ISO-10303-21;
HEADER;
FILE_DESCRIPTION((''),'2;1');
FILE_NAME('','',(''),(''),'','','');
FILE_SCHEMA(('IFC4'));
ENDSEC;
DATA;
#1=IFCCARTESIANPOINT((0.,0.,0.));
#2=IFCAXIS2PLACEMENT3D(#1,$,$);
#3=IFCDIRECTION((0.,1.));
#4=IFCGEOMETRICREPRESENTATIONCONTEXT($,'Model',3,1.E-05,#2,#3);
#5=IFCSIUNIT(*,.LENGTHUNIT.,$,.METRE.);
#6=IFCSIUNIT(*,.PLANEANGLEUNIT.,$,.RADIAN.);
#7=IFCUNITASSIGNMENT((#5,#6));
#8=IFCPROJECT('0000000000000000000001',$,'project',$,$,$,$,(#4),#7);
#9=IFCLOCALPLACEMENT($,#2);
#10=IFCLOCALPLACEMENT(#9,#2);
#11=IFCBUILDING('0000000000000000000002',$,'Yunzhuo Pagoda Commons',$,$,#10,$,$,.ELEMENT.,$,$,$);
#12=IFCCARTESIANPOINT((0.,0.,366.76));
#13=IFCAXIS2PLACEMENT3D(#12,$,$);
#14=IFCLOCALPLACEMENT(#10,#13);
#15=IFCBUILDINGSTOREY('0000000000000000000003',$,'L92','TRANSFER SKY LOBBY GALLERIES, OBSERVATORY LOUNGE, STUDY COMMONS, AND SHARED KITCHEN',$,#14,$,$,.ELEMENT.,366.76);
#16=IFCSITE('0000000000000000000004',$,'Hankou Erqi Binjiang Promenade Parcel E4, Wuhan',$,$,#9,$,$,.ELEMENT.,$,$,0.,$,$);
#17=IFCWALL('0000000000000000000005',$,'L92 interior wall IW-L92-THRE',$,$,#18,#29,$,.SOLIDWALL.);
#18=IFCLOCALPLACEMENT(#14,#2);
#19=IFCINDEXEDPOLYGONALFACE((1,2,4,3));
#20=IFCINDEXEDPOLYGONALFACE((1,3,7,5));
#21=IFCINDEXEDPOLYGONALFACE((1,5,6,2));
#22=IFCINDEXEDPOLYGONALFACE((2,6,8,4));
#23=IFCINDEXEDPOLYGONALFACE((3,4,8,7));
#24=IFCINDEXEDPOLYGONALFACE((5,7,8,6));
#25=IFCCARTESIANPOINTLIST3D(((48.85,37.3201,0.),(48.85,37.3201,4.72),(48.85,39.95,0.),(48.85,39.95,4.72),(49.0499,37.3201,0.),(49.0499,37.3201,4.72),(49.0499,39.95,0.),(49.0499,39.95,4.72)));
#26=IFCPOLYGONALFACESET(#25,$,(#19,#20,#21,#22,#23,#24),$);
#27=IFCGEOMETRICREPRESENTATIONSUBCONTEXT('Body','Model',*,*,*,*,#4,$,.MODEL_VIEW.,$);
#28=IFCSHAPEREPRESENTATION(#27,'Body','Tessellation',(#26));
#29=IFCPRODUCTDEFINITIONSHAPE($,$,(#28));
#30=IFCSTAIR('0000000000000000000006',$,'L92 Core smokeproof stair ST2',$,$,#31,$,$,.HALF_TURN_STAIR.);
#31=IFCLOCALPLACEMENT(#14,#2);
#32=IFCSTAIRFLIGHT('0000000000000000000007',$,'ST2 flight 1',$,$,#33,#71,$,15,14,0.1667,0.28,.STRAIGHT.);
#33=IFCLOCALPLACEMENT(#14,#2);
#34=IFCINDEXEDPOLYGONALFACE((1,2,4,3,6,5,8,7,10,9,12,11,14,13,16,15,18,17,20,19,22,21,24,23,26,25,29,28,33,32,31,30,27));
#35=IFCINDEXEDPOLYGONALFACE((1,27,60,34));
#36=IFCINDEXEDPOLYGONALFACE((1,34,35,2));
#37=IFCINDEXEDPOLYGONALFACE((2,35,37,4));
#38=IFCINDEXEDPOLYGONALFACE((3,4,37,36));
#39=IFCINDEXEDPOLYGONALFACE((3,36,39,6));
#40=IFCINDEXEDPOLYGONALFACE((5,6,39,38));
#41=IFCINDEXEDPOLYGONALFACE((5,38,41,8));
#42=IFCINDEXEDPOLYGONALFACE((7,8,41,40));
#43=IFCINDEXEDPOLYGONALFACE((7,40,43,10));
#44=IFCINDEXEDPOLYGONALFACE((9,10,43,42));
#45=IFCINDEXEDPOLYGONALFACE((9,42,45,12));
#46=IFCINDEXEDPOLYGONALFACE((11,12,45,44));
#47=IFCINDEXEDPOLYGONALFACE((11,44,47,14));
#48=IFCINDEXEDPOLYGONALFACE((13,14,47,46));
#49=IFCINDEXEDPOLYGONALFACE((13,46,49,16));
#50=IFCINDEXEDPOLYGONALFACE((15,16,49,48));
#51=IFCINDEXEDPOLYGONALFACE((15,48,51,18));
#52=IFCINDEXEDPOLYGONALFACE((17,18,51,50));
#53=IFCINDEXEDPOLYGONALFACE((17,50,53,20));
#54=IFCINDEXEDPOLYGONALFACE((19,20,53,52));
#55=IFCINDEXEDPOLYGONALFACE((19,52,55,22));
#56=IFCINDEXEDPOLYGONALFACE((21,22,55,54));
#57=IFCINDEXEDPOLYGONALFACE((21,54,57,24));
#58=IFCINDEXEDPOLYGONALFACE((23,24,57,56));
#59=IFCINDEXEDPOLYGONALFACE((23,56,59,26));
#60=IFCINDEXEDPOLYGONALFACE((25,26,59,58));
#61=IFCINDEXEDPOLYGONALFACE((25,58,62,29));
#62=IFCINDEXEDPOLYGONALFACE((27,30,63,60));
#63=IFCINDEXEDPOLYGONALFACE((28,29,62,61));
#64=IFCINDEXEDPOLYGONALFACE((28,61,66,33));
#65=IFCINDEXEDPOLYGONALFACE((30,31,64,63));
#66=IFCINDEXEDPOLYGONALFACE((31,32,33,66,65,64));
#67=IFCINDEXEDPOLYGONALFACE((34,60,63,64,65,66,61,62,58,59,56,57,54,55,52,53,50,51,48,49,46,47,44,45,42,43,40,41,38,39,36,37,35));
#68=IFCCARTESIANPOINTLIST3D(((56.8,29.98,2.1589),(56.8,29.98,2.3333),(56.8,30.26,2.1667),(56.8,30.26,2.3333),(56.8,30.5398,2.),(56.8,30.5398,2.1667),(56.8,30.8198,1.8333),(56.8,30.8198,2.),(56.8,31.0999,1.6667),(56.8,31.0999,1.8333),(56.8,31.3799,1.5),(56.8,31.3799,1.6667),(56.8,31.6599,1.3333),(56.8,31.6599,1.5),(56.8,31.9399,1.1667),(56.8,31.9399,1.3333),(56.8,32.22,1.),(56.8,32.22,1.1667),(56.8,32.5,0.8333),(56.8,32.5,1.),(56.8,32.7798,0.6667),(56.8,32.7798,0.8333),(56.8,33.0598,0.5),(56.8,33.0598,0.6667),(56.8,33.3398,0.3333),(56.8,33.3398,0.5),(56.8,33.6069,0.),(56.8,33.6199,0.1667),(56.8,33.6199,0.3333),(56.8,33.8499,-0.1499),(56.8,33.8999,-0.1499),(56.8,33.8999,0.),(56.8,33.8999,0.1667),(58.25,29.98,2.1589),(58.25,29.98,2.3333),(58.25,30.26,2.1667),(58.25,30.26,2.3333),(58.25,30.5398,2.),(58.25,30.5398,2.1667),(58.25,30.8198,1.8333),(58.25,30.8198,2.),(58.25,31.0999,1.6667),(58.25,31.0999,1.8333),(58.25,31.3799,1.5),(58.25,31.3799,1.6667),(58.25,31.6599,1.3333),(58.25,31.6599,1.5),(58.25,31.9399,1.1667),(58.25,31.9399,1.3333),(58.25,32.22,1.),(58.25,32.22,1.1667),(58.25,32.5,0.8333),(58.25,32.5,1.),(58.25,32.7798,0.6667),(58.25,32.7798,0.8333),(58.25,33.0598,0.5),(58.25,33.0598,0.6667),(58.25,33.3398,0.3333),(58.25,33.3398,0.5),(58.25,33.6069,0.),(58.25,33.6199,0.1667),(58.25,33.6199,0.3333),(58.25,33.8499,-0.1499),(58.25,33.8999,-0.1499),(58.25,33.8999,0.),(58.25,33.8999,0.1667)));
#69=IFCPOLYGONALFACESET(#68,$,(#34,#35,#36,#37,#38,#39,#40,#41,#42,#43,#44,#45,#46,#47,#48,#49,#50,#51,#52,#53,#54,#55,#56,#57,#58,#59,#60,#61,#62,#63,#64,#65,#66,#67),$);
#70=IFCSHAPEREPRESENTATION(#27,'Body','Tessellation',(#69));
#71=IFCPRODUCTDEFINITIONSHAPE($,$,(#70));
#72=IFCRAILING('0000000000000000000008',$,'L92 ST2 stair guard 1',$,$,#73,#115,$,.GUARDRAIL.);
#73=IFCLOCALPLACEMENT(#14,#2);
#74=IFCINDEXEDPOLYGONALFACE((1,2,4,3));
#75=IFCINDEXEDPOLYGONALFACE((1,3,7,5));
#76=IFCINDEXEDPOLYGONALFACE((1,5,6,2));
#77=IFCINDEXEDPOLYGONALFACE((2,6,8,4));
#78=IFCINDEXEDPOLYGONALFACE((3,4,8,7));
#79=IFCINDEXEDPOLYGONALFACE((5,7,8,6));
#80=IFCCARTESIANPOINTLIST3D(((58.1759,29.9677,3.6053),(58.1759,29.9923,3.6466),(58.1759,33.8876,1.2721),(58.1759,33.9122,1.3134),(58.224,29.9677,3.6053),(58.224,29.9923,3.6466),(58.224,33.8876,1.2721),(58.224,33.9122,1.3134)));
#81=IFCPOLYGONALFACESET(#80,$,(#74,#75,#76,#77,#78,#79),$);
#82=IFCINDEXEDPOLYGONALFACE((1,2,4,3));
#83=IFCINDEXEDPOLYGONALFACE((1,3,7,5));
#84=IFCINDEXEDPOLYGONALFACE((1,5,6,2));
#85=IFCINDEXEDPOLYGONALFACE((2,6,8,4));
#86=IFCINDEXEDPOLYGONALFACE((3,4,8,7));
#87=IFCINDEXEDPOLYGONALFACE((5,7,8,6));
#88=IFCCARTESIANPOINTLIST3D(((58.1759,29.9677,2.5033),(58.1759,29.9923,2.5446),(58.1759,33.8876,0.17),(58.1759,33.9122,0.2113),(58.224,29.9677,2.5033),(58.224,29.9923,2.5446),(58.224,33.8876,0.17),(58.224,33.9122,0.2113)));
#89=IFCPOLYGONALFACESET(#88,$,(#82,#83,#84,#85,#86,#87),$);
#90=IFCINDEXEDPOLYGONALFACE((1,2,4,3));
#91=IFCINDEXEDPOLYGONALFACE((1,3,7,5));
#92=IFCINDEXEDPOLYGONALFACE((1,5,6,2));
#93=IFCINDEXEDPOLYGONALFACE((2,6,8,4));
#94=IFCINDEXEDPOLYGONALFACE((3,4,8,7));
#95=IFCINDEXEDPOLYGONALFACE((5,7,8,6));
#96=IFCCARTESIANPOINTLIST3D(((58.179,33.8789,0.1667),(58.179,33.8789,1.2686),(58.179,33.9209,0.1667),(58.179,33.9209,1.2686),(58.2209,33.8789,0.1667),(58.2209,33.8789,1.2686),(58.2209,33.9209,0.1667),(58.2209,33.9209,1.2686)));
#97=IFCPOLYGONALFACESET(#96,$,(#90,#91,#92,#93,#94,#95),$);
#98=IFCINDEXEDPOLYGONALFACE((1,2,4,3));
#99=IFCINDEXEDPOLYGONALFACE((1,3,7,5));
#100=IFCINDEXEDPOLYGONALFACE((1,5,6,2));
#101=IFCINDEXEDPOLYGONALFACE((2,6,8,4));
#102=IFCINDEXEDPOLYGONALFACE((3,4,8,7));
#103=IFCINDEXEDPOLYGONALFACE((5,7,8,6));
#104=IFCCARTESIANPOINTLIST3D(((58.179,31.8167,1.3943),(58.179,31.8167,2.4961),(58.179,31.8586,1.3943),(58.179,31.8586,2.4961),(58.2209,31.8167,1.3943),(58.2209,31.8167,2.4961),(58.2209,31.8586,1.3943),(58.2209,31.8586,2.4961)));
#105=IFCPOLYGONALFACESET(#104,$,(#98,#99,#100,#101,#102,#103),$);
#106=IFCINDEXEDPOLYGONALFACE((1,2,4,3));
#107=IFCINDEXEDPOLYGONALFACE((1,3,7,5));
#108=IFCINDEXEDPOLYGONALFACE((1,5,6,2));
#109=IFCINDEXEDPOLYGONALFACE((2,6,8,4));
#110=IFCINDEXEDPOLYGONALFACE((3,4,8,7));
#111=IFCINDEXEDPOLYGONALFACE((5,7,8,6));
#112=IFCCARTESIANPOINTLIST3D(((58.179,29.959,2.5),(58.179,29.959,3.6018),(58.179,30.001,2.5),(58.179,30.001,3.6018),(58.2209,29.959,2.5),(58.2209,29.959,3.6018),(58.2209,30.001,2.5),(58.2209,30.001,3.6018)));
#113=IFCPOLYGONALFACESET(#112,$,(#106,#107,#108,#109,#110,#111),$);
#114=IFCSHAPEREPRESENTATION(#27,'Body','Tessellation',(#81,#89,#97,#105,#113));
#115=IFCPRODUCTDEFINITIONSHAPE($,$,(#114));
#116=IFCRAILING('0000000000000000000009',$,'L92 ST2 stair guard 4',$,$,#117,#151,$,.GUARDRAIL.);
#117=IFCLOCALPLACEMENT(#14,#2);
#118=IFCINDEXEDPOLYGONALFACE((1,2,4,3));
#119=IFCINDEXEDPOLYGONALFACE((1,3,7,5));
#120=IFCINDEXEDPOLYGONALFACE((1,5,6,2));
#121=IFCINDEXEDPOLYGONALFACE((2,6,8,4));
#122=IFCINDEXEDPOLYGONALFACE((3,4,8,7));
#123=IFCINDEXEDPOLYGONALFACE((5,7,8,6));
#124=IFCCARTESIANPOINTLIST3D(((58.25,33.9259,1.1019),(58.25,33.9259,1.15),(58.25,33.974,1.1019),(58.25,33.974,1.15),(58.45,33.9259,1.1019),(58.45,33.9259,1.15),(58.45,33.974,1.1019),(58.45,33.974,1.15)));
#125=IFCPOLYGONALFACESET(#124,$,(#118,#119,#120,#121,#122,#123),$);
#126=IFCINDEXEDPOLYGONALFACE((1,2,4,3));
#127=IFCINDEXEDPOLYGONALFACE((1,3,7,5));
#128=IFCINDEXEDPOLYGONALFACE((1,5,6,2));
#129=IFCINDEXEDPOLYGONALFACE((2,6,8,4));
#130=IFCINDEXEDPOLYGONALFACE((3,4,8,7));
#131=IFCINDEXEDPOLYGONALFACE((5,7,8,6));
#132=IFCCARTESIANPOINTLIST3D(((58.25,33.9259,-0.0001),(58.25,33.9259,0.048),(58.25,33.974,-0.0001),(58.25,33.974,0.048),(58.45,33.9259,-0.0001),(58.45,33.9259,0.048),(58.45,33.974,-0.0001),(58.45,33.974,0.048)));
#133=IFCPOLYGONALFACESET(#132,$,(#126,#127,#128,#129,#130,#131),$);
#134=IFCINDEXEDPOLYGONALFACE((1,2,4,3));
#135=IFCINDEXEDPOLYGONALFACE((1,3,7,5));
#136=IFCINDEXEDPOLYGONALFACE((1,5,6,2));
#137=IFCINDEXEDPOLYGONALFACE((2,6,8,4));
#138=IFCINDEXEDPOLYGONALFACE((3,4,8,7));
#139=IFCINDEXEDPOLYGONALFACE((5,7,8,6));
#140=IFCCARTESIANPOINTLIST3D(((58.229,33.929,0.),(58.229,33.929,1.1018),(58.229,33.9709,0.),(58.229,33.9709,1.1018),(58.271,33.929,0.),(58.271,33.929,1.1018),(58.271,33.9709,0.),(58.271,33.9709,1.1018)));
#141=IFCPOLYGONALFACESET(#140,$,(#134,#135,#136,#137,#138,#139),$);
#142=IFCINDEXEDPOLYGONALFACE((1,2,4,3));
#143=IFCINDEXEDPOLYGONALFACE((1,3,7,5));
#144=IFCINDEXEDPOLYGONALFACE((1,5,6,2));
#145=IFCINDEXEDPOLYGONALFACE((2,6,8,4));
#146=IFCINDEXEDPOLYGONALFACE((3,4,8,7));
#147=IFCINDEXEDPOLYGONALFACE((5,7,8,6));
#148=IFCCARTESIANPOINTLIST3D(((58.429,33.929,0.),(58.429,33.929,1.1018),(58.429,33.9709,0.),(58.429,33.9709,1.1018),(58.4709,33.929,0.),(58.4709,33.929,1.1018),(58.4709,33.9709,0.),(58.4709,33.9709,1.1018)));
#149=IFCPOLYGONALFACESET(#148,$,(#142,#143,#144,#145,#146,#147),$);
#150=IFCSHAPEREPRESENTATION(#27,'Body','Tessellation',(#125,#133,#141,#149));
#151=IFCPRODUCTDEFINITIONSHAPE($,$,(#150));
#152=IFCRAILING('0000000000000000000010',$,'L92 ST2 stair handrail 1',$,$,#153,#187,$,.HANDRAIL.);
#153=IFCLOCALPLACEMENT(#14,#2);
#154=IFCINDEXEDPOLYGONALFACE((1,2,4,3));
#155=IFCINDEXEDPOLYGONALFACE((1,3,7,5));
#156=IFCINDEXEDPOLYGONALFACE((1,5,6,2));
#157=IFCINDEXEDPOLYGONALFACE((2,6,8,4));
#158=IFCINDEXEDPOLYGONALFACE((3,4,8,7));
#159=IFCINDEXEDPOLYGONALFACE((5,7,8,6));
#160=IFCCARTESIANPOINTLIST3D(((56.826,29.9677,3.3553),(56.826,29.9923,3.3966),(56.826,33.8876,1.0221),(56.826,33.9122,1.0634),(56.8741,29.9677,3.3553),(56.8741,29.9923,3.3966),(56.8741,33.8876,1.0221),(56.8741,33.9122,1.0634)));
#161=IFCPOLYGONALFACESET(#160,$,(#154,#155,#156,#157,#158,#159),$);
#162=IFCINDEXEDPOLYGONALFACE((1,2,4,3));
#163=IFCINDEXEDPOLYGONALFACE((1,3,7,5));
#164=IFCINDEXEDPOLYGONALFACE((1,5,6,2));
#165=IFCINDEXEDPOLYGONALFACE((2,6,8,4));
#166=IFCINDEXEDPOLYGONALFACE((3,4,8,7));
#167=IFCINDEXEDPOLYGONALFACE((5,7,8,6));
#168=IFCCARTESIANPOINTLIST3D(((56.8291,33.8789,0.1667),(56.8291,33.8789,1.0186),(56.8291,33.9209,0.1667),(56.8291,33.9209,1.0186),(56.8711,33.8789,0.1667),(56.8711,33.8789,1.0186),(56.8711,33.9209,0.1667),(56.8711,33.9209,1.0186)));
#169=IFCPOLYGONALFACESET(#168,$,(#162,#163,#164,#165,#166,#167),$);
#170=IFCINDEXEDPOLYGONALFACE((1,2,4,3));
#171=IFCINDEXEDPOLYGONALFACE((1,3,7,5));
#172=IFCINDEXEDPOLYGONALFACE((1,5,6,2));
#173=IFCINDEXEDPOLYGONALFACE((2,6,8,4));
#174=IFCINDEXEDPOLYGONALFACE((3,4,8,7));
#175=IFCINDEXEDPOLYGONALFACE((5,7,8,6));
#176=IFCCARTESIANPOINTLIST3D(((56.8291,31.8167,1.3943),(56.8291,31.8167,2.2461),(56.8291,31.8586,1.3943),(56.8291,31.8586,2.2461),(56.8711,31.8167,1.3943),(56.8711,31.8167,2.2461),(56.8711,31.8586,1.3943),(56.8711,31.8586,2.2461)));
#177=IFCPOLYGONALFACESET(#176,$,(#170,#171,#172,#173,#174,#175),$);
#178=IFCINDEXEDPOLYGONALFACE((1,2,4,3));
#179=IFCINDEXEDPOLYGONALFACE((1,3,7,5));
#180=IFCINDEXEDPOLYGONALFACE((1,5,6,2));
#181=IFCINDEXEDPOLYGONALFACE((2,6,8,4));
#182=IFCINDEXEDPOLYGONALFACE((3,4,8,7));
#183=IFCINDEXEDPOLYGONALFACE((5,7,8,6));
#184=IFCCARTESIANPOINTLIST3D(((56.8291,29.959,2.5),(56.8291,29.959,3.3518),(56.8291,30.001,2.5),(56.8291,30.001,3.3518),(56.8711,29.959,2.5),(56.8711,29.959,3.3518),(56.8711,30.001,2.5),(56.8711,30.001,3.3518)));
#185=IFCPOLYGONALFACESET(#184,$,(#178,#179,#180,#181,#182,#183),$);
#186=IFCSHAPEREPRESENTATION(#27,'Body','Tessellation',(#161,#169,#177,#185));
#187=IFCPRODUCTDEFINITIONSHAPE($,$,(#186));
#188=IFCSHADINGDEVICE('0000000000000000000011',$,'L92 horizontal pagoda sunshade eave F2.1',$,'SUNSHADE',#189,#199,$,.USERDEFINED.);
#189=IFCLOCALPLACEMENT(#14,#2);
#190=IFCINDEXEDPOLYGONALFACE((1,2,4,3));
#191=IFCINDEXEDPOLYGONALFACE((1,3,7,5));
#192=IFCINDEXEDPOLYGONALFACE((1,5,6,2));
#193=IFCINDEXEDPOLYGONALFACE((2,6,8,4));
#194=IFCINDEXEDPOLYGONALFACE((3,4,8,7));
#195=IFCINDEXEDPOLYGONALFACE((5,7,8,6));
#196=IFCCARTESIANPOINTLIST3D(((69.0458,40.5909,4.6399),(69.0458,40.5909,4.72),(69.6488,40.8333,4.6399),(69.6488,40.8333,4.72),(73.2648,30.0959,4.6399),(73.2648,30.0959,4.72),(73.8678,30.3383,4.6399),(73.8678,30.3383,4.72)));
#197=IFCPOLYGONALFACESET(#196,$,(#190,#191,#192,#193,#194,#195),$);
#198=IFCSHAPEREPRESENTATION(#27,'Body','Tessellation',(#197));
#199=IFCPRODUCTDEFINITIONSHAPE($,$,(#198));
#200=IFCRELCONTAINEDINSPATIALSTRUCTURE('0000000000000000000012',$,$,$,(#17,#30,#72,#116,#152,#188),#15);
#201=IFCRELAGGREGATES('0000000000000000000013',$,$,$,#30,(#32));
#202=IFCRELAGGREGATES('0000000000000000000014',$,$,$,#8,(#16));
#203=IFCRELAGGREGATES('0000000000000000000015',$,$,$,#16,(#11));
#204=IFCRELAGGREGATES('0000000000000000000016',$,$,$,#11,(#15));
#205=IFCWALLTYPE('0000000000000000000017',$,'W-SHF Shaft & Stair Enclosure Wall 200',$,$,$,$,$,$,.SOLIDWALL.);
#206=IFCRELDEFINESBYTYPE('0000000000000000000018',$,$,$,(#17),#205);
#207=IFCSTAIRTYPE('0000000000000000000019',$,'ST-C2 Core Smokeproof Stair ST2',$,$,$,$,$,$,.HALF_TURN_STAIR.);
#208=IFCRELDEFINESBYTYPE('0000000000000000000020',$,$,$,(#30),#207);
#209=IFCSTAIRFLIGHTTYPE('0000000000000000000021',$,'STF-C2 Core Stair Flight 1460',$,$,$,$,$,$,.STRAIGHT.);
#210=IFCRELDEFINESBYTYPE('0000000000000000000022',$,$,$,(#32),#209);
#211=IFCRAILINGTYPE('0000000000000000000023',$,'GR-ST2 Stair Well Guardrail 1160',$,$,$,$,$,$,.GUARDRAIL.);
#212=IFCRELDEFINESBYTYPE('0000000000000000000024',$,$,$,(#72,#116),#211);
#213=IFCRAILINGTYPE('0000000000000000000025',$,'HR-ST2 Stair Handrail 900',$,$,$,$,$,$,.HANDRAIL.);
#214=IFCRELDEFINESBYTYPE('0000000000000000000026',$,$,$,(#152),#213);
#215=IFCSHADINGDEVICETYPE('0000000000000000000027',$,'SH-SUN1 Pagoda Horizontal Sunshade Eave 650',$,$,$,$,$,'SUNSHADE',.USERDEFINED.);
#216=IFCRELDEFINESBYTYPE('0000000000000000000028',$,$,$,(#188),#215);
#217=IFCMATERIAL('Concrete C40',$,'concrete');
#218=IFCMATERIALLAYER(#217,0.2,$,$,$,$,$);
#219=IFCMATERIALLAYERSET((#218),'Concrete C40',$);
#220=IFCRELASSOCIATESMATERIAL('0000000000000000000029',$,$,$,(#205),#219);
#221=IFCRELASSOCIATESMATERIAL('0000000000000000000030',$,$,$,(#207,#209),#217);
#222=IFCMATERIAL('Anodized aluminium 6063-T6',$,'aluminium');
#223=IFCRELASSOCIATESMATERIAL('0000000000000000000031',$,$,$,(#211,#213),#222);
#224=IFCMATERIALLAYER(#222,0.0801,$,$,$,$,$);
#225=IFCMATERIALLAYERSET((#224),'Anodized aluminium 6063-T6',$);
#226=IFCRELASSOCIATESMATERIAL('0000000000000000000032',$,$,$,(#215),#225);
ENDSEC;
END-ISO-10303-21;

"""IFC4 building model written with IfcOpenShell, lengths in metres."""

from ifc_helpers import new_model, si_unit, direction, frame, frame_2d, origin, origin_2d, place, context, subcontext, project, spatial, polyline, rectangle, outline, extrude, source, transform, mapped, material, layer, layer_set, type_object, element, aggregate, save


model = new_model("IFC4")

# Units and contexts
model_context = context("Model", 3, precision=1e-05, world=origin(), true_north=direction((0.0, 1.0)))
body_context = subcontext(model_context, "Body", "Model", "MODEL_VIEW")
ifc_project = project(units=[si_unit("LENGTHUNIT", "METRE"), si_unit("PLANEANGLEUNIT", "RADIAN")], contexts=[model_context])

# Site, building, storey
site_placement = place(None, origin())
site = spatial("IfcSite", under=ifc_project, at=site_placement, Name="Hankou Erqi Binjiang Promenade Parcel E4, Wuhan", CompositionType="ELEMENT", RefElevation=0.0)
building_placement = place(site_placement, origin())
building = spatial("IfcBuilding", under=site, at=building_placement, Name="Yunzhuo Pagoda Commons", CompositionType="ELEMENT")
storey_placement = place(building_placement, frame((0.0, 0.0, 366.76)))
storey = spatial("IfcBuildingStorey", under=building, at=storey_placement, Name="L92", Description="TRANSFER SKY LOBBY GALLERIES, OBSERVATORY LOUNGE, STUDY COMMONS, AND SHARED KITCHEN", CompositionType="ELEMENT", Elevation=366.76)

# Shared definitions
ifc_material_1 = material(Name="Anodized aluminium 6063-T6", Category="aluminium")

# Shared definitions
ifc_material_2 = material(Name="Concrete C40", Category="concrete")
ifc_layer_1 = layer(ifc_material_2, 0.2)
ifc_layer_set_1 = layer_set([ifc_layer_1], Name="Concrete C40")
wall_type_1 = type_object("IfcWallType", Name="W-SHF Shaft & Stair Enclosure Wall 200", PredefinedType="SOLIDWALL", material=ifc_layer_set_1)

# Wall
wall_1_placement = place(storey_placement, frame((48.95, 37.3201, 0.0), z_axis=(0.0, 0.0, 1.0), x_axis=(0.0, 1.0, 0.0)))
element("IfcWall", 1, at=wall_1_placement, inside=storey, type_object=wall_type_1, Name="L92 interior wall IW-L92-THRE", PredefinedType="SOLIDWALL", context=body_context, shape_type="SweptSolid", body=[
    extrude(rectangle(XDim=2.6299, YDim=0.2, at=frame_2d((1.3149, 0.0))), origin(), (0.0, 0.0, 1.0), 4.72),
])

# Stair, stair flight
stair_type = type_object("IfcStairType", Name="ST-C2 Core Smokeproof Stair ST2", PredefinedType="HALF_TURN_STAIR", material=ifc_material_2)
stair_placement = place(storey_placement, origin())
stair = element("IfcStair", 2, at=stair_placement, inside=storey, type_object=stair_type, Name="L92 Core smokeproof stair ST2", PredefinedType="HALF_TURN_STAIR")
stair_flight_type = type_object("IfcStairFlightType", Name="STF-C2 Core Stair Flight 1460", PredefinedType="STRAIGHT", material=ifc_material_2)
shared_shape_1 = source(origin(), body_context, "Body", "SweptSolid", [
    extrude(outline(polyline([(0.0, -0.1499), (0.0, 0.0), (0.0, 0.1667), (0.28, 0.1667), (0.28, 0.3333), (0.5601, 0.3333), (0.5601, 0.5), (0.8401, 0.5), (0.8401, 0.6667), (1.1201, 0.6667), (1.1201, 0.8333), (1.3999, 0.8333), (1.3999, 1.0), (1.6799, 1.0), (1.6799, 1.1667), (1.96, 1.1667), (1.96, 1.3333), (2.24, 1.3333), (2.24, 1.5), (2.52, 1.5), (2.52, 1.6667), (2.8, 1.6667), (2.8, 1.8333), (3.0801, 1.8333), (3.0801, 2.0), (3.3601, 2.0), (3.3601, 2.1667), (3.6399, 2.1667), (3.6399, 2.3333), (3.9199, 2.3333), (3.9199, 2.5), (3.9199, 2.1589), (0.293, 0.0), (0.05, -0.1499), (0.0, -0.1499)])), frame((0.0, 0.7251, 0.0), z_axis=(0.0, -1.0, 0.0), x_axis=(1.0, 0.0, 0.0)), (0.0, 0.0, 1.0), 1.45),
])
stair_flight_placement = place(storey_placement, frame((57.5249, 33.8999, 0.0), z_axis=(0.0, 0.0, 1.0), x_axis=(0.0, -1.0, 0.0)))
stair_flight = element("IfcStairFlight", 3, at=stair_flight_placement, type_object=stair_flight_type, Name="ST2 flight 1", NumberOfRisers=15, NumberOfTreads=14, PredefinedType="STRAIGHT", RiserHeight=0.1667, TreadLength=0.28, context=body_context, shape_type="MappedRepresentation", body=[
    mapped(shared_shape_1, transform((0.0, 0.0, 0.0), scale=1.0)),
])
aggregate(stair, [stair_flight])

# Railings
railing_type_1 = type_object("IfcRailingType", Name="GR-ST2 Stair Well Guardrail 1160", PredefinedType="GUARDRAIL", material=ifc_material_1)
railing_1_placement = place(storey_placement, frame((58.2, 33.8999, 0.1667)))
element("IfcRailing", 4, at=railing_1_placement, inside=storey, type_object=railing_type_1, Name="L92 ST2 stair guard 1", PredefinedType="GUARDRAIL", context=body_context, shape_type="SweptSolid", body=[
    extrude(rectangle(XDim=0.0481, YDim=0.0481, at=origin_2d()), frame((0.0, 0.0, 1.126), z_axis=(0.0, -0.859296, 0.511478), x_axis=(1.0, 0.0, 0.0)), (0.0, 0.0, 1.0), 4.5618),
    extrude(rectangle(XDim=0.0481, YDim=0.0481, at=origin_2d()), frame((0.0, 0.0, 0.0239), z_axis=(0.0, -0.859296, 0.511478), x_axis=(1.0, 0.0, 0.0)), (0.0, 0.0, 1.0), 4.5618),
    extrude(rectangle(XDim=0.042, YDim=0.042, at=origin_2d()), origin(), (0.0, 0.0, 1.0), 1.1018),
    extrude(rectangle(XDim=0.042, YDim=0.042, at=origin_2d()), frame((0.0, -2.0623, 1.2275)), (0.0, 0.0, 1.0), 1.1018),
    extrude(rectangle(XDim=0.042, YDim=0.042, at=origin_2d()), frame((0.0, -3.9199, 2.3333)), (0.0, 0.0, 1.0), 1.1018),
])
railing_2_placement = place(storey_placement, frame((58.25, 33.95, 0.0)))
element("IfcRailing", 5, at=railing_2_placement, inside=storey, type_object=railing_type_1, Name="L92 ST2 stair guard 4", PredefinedType="GUARDRAIL", context=body_context, shape_type="SweptSolid", body=[
    extrude(rectangle(XDim=0.0481, YDim=0.0481, at=origin_2d()), frame((0.0, 0.0, 1.126), z_axis=(1.0, 0.0, 0.0), x_axis=(0.0, 1.0, 0.0)), (0.0, 0.0, 1.0), 0.2),
    extrude(rectangle(XDim=0.0481, YDim=0.0481, at=origin_2d()), frame((0.0, 0.0, 0.0239), z_axis=(1.0, 0.0, 0.0), x_axis=(0.0, 1.0, 0.0)), (0.0, 0.0, 1.0), 0.2),
    extrude(rectangle(XDim=0.042, YDim=0.042, at=origin_2d()), origin(), (0.0, 0.0, 1.0), 1.1018),
    extrude(rectangle(XDim=0.042, YDim=0.042, at=origin_2d()), frame((0.2, 0.0, 0.0)), (0.0, 0.0, 1.0), 1.1018),
])
railing_type_2 = type_object("IfcRailingType", Name="HR-ST2 Stair Handrail 900", PredefinedType="HANDRAIL", material=ifc_material_1)
railing_3_placement = place(storey_placement, frame((56.8501, 33.8999, 0.1667)))
element("IfcRailing", 6, at=railing_3_placement, inside=storey, type_object=railing_type_2, Name="L92 ST2 stair handrail 1", PredefinedType="HANDRAIL", context=body_context, shape_type="SweptSolid", body=[
    extrude(rectangle(XDim=0.0481, YDim=0.0481, at=origin_2d()), frame((0.0, 0.0, 0.876), z_axis=(0.0, -0.859296, 0.511478), x_axis=(1.0, 0.0, 0.0)), (0.0, 0.0, 1.0), 4.5618),
    extrude(rectangle(XDim=0.042, YDim=0.042, at=origin_2d()), origin(), (0.0, 0.0, 1.0), 0.8518),
    extrude(rectangle(XDim=0.042, YDim=0.042, at=origin_2d()), frame((0.0, -2.0623, 1.2275)), (0.0, 0.0, 1.0), 0.8518),
    extrude(rectangle(XDim=0.042, YDim=0.042, at=origin_2d()), frame((0.0, -3.9199, 2.3333)), (0.0, 0.0, 1.0), 0.8518),
])

# Shading device
ifc_layer_2 = layer(ifc_material_1, 0.0801)
ifc_layer_set_2 = layer_set([ifc_layer_2], Name="Anodized aluminium 6063-T6")
shading_device_type = type_object("IfcShadingDeviceType", Name="SH-SUN1 Pagoda Horizontal Sunshade Eave 650", ElementType="SUNSHADE", PredefinedType="USERDEFINED", material=ifc_layer_set_2)
shared_shape_2 = source(origin(), body_context, "Body", "SweptSolid", [
    extrude(rectangle(XDim=11.3113, YDim=0.6499, at=origin_2d()), origin(), (0.0, 0.0, 1.0), 0.0801),
])
shading_device_placement = place(storey_placement, frame((71.4568, 35.4646, 4.6399), z_axis=(0.0, 0.0, 1.0), x_axis=(-0.372988, 0.927836, 0.0)))
element("IfcShadingDevice", 7, at=shading_device_placement, inside=storey, type_object=shading_device_type, Name="L92 horizontal pagoda sunshade eave F2.1", ObjectType="SUNSHADE", PredefinedType="USERDEFINED", context=body_context, shape_type="MappedRepresentation", body=[
    mapped(shared_shape_2, transform((0.0, 0.0, 0.0), scale=1.0)),
])

save(model, "model.ifc")
